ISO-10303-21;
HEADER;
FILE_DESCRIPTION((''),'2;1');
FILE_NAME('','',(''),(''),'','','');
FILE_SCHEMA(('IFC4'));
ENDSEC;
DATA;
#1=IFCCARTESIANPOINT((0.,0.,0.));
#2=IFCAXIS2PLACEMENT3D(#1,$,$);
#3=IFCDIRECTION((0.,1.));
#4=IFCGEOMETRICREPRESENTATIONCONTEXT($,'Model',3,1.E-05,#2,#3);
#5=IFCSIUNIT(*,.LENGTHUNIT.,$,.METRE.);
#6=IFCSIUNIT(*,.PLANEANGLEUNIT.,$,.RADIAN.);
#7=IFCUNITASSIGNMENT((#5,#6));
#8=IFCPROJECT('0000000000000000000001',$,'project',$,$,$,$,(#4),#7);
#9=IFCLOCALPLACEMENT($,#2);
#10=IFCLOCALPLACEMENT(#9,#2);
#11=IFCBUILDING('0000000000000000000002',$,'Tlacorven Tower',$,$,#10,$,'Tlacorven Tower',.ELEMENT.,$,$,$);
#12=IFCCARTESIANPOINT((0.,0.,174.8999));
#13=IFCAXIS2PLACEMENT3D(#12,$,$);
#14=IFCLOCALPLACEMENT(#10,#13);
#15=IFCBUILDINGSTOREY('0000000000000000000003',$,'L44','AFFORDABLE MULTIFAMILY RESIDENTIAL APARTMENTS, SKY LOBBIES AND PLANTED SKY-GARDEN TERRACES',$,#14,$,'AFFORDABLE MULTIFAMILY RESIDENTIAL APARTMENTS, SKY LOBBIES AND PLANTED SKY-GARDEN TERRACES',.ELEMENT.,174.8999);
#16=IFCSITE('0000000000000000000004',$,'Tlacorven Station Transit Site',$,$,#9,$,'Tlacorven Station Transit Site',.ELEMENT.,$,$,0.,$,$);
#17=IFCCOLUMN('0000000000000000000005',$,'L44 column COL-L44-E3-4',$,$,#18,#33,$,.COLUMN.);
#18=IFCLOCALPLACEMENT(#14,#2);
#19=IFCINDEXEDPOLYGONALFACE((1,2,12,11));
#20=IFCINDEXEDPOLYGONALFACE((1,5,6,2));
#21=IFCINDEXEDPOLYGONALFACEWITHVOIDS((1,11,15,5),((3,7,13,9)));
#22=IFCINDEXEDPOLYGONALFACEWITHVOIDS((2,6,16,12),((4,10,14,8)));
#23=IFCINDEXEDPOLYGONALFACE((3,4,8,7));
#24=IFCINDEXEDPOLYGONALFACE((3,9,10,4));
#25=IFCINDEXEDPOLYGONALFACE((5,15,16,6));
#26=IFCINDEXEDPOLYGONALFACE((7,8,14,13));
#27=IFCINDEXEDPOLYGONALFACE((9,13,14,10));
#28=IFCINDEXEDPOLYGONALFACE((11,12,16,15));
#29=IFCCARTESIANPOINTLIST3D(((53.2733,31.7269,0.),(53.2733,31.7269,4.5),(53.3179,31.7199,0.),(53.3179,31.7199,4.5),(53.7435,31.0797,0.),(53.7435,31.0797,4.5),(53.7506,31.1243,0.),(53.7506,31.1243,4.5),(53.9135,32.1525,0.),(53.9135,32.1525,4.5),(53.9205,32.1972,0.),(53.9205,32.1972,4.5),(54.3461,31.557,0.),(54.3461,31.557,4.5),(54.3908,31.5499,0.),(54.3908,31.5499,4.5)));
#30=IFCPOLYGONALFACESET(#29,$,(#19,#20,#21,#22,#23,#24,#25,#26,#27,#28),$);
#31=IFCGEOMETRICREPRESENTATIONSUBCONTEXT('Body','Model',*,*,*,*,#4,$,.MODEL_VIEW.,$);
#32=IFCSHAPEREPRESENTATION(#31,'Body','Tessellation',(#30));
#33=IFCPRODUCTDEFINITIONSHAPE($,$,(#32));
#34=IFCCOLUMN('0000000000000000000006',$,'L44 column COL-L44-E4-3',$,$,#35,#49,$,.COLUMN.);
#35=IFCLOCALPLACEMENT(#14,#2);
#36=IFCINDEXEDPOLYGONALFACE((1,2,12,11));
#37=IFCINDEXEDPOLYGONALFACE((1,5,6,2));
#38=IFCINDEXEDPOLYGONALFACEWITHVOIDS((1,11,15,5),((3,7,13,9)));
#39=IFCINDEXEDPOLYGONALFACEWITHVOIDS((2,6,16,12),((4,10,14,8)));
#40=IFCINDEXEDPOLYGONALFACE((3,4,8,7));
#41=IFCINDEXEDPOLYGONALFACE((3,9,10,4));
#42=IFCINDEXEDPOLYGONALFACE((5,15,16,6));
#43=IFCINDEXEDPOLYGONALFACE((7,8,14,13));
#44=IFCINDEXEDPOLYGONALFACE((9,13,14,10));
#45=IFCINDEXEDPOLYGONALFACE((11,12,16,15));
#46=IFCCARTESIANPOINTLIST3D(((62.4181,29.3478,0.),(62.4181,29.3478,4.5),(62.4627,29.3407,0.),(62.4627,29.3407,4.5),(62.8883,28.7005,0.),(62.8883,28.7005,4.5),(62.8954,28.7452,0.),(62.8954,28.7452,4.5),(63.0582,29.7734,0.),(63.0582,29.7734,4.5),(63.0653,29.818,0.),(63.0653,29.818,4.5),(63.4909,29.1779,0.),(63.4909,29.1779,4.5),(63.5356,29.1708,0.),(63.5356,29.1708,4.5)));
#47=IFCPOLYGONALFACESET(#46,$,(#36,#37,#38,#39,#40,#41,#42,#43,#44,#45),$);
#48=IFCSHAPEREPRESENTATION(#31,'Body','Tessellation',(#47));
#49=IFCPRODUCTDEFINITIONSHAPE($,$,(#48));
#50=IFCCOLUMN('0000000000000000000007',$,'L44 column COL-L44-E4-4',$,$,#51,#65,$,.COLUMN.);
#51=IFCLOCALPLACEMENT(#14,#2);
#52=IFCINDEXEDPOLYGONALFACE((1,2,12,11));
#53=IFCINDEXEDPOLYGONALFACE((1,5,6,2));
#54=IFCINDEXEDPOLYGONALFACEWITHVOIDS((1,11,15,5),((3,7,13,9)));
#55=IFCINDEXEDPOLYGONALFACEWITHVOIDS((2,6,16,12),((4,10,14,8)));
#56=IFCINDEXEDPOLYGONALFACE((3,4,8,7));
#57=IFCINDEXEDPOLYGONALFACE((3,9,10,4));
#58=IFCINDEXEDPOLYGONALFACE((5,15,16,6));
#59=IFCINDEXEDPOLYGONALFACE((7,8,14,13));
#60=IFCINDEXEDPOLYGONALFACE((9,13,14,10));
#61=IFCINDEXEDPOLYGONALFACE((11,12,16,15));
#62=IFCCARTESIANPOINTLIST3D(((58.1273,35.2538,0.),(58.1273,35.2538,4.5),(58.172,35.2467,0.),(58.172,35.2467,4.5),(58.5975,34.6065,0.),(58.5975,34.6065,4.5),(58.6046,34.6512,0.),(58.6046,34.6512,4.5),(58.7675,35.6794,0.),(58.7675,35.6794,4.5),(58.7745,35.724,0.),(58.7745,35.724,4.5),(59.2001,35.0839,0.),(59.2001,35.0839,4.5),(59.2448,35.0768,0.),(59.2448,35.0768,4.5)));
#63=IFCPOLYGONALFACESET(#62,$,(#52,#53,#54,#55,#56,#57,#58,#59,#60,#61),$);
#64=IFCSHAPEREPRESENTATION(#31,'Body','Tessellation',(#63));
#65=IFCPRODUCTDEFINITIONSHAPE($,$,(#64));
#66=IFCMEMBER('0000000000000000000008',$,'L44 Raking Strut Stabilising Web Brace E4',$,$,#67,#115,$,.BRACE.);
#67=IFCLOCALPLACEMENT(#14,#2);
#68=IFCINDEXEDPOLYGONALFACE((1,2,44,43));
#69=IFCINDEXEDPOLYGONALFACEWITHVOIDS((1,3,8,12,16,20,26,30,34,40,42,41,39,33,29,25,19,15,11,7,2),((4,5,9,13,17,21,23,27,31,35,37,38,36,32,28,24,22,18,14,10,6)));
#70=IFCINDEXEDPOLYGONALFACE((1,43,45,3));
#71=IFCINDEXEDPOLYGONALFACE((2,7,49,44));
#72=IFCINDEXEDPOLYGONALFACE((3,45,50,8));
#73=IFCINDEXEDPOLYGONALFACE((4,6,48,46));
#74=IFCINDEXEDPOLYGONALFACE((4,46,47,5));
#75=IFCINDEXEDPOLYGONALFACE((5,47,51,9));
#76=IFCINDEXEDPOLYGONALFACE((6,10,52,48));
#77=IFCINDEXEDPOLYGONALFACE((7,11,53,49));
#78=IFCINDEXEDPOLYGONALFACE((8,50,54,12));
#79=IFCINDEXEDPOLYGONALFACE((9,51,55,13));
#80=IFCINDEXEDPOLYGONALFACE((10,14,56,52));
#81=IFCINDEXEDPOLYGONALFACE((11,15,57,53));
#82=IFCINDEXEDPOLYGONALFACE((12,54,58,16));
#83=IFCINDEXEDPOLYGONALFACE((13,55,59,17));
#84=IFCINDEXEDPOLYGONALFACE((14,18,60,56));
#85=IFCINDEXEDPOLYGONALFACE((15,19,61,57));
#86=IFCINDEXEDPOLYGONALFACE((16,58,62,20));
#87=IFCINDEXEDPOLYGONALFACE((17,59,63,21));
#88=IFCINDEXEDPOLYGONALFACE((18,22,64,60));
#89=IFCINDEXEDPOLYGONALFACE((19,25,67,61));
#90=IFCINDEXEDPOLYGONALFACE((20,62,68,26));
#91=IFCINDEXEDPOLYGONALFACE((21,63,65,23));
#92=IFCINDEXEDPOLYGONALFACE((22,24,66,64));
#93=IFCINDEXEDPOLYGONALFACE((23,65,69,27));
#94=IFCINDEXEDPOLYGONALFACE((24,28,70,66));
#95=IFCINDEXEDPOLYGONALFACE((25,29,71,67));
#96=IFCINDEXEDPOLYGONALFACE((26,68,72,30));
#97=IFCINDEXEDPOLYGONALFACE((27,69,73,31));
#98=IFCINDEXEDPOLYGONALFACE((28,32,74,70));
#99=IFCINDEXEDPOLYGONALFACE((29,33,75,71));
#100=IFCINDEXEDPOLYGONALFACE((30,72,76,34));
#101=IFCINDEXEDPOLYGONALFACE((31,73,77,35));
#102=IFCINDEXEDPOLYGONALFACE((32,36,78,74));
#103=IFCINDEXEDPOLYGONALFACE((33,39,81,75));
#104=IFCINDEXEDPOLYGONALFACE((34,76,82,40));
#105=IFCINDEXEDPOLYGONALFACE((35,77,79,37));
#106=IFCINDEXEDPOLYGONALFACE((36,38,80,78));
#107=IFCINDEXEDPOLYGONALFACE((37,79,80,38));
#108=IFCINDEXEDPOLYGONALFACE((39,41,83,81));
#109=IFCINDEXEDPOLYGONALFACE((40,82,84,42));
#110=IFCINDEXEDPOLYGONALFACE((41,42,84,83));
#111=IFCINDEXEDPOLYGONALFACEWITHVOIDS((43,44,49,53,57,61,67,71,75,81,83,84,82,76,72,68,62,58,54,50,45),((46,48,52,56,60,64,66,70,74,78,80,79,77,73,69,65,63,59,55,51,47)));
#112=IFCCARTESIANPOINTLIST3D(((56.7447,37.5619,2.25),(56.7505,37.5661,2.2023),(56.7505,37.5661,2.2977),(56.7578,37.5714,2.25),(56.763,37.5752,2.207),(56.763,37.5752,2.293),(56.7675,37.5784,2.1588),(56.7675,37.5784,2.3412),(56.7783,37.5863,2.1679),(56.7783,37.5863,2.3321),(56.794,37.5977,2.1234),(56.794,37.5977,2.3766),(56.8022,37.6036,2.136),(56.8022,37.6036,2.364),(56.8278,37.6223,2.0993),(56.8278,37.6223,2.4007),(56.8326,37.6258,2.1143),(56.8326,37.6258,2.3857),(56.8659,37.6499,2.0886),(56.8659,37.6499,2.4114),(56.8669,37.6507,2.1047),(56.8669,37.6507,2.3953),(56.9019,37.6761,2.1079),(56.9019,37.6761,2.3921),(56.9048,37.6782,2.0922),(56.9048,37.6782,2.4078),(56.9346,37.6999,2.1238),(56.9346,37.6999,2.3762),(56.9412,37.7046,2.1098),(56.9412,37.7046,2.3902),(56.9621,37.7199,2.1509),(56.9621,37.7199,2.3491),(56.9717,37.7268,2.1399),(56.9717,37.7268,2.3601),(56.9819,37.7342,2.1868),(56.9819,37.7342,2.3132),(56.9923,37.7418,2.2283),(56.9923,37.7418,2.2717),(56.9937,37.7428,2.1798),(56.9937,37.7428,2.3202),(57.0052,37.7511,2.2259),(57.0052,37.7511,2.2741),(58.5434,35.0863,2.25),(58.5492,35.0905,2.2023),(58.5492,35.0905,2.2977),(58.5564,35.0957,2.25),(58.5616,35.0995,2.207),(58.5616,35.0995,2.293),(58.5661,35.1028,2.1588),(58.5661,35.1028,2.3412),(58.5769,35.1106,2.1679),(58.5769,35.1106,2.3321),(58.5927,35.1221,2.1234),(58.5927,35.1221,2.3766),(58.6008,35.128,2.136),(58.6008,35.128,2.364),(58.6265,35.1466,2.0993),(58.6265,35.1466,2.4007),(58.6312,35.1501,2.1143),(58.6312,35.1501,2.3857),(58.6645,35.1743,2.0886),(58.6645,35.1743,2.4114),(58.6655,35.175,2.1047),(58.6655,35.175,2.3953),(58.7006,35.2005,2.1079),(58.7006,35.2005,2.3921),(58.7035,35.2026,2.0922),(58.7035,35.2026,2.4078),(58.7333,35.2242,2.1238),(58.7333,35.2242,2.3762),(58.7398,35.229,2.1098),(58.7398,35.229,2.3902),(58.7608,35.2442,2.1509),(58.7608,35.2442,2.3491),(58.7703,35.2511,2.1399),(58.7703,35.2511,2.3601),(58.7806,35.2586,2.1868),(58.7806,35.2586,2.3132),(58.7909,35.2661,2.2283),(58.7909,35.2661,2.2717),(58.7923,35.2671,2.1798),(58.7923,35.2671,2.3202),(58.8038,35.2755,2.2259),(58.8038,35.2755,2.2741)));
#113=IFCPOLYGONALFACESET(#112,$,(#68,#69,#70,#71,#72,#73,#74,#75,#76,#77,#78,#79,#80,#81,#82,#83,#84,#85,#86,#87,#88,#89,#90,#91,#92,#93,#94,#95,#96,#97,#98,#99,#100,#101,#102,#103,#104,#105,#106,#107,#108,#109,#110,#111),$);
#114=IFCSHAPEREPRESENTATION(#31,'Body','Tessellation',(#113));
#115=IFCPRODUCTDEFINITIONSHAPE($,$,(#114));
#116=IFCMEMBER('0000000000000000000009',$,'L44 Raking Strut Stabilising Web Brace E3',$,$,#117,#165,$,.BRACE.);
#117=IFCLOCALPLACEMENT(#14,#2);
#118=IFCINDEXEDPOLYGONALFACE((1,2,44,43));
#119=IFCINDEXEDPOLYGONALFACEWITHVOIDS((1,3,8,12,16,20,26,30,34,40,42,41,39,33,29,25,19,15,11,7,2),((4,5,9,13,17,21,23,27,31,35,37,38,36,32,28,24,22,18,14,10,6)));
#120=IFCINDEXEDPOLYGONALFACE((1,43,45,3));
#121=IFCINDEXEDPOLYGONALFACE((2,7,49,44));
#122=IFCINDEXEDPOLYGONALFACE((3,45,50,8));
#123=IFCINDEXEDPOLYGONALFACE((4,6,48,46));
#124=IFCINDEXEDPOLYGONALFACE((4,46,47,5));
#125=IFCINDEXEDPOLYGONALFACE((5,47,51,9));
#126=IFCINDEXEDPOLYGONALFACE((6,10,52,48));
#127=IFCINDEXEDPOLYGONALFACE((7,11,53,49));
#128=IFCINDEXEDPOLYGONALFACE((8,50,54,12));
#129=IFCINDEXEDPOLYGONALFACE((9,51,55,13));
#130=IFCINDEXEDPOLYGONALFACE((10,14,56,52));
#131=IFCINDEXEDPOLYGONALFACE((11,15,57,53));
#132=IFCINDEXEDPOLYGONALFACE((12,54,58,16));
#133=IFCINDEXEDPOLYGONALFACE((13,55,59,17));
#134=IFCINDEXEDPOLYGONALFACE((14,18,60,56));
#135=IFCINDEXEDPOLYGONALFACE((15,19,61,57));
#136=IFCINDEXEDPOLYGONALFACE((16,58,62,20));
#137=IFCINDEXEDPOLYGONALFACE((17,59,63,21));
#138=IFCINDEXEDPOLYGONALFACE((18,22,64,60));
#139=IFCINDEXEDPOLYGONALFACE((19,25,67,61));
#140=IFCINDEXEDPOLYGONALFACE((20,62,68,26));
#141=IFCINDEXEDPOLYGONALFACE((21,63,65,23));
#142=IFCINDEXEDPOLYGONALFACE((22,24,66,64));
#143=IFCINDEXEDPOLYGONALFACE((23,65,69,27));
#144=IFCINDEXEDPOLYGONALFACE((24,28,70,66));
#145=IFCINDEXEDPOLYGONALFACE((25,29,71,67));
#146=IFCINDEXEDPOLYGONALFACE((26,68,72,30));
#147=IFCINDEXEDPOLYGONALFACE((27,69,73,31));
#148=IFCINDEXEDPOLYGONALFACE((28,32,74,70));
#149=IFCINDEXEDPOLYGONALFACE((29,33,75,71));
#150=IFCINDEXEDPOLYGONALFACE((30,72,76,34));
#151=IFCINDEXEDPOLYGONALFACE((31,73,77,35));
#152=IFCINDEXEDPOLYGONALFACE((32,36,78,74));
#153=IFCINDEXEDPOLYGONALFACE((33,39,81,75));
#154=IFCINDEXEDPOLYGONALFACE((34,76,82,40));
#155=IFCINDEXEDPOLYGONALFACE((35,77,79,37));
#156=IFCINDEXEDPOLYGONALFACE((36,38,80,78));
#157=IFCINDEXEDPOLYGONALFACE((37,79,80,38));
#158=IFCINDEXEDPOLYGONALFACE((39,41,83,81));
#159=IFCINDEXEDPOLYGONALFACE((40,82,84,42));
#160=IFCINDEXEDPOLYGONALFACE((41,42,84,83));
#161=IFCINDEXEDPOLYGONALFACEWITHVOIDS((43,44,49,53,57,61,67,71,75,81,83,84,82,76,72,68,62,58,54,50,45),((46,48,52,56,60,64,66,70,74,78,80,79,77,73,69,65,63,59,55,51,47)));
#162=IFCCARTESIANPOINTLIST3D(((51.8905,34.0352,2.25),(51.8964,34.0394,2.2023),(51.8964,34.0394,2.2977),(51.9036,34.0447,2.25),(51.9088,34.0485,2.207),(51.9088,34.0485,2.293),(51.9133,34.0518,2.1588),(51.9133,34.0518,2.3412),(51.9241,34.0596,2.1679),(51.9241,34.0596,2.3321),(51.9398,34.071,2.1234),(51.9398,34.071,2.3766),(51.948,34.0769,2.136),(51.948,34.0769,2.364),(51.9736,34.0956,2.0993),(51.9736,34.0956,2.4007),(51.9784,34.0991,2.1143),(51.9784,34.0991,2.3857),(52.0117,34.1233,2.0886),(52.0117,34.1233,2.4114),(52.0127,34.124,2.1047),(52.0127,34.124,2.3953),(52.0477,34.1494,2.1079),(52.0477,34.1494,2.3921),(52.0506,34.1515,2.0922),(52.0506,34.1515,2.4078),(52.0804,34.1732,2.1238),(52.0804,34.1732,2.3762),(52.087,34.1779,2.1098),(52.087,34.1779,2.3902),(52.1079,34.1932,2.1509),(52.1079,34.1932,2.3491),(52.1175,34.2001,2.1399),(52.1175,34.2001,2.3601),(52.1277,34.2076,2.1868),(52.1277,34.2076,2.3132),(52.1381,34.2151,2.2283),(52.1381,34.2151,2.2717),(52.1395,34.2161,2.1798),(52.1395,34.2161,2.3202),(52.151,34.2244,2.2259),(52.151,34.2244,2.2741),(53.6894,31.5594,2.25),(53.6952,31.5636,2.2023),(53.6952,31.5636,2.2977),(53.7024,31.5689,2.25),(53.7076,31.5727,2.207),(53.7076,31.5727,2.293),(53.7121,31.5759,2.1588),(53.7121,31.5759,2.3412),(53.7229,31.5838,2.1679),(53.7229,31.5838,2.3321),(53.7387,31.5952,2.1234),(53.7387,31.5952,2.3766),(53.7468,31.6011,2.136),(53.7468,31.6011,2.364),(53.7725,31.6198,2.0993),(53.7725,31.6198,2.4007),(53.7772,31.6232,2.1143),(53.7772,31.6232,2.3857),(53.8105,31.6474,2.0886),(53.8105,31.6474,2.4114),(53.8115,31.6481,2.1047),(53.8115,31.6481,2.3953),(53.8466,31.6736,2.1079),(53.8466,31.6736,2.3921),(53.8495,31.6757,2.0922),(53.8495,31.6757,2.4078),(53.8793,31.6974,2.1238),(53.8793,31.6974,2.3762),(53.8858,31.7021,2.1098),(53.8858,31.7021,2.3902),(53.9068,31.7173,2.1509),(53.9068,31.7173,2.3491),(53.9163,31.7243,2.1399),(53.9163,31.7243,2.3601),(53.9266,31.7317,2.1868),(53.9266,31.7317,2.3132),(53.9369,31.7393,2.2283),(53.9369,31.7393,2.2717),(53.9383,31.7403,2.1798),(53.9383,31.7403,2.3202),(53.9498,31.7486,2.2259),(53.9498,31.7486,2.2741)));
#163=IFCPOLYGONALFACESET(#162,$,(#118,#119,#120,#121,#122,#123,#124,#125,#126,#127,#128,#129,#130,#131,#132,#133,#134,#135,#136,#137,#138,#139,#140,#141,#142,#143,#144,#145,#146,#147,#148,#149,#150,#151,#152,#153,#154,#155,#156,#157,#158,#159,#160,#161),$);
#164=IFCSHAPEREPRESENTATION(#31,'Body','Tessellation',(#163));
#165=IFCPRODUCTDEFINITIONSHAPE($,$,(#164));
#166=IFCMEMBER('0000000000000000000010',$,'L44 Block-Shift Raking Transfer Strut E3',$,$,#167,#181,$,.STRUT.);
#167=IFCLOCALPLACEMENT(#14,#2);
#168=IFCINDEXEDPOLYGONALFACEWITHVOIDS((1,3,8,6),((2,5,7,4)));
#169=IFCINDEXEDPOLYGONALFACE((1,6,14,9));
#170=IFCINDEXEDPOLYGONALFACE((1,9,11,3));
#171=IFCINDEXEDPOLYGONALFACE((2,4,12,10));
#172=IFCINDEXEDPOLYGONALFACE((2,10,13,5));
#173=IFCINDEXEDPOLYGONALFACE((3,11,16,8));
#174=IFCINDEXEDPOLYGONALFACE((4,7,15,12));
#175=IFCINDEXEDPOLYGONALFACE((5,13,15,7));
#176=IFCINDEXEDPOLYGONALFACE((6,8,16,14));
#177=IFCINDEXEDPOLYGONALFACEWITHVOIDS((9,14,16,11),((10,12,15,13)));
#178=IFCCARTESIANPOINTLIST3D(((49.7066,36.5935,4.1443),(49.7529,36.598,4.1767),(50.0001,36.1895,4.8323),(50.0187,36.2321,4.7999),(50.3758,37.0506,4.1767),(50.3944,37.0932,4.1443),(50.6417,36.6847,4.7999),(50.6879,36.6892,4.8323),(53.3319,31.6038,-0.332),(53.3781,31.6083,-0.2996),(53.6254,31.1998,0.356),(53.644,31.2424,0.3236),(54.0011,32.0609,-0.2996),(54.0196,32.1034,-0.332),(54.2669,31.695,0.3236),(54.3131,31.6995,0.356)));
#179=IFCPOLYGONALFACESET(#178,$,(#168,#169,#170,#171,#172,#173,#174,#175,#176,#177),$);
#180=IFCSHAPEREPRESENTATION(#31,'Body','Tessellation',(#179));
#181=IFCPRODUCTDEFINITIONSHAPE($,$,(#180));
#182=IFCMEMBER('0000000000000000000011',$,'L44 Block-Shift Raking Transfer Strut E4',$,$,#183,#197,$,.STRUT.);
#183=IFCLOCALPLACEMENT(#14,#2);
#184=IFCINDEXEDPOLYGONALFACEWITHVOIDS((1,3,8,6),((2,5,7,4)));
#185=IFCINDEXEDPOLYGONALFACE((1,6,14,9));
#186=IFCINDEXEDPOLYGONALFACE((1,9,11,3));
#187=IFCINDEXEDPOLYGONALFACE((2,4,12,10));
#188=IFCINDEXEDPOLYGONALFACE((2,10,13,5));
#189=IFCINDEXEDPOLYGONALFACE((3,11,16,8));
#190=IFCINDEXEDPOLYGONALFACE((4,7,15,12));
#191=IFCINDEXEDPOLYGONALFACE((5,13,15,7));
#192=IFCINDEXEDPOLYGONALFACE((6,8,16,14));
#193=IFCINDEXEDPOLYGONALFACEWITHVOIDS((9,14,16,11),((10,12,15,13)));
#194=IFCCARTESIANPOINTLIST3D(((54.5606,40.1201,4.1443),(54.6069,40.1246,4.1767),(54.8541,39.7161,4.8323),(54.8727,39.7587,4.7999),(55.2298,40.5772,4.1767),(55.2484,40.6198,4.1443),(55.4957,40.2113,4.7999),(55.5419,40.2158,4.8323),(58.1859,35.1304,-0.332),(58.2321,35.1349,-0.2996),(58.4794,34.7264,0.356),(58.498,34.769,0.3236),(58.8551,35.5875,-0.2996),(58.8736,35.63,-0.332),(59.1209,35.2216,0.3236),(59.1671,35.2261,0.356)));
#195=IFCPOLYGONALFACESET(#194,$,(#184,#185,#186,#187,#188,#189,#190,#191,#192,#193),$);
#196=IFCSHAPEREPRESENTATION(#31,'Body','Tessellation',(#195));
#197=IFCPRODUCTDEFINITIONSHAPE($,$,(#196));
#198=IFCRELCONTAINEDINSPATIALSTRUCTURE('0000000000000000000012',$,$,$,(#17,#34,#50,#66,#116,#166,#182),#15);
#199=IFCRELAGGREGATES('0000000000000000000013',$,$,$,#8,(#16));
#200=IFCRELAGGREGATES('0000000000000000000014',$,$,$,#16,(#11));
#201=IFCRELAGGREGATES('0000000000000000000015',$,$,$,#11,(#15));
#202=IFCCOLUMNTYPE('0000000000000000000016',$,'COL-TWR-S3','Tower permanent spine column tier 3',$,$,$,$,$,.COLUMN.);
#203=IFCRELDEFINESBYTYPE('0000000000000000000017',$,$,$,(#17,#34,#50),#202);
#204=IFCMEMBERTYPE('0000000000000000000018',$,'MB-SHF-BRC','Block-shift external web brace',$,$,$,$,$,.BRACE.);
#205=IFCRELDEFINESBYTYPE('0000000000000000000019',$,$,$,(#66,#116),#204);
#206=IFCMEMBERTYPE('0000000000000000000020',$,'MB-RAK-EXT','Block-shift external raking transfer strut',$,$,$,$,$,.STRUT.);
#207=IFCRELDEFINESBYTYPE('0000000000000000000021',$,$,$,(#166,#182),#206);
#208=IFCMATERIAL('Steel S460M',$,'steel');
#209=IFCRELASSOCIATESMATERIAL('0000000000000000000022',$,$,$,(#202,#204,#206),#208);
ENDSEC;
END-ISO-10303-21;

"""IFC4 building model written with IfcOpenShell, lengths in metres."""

from ifc_helpers import new_model, si_unit, direction, frame, origin, origin_2d, place, context, subcontext, project, spatial, hollow_rectangle, hollow_circle, extrude, source, transform, mapped, material, material_profile, profile_set, type_object, element, save


model = new_model("IFC4")

# Units and contexts
model_context = context("Model", 3, precision=1e-05, world=origin(), true_north=direction((0.0, 1.0)))
body_context = subcontext(model_context, "Body", "Model", "MODEL_VIEW")
ifc_project = project(units=[si_unit("LENGTHUNIT", "METRE"), si_unit("PLANEANGLEUNIT", "RADIAN")], contexts=[model_context])

# Site, building, storey
site_placement = place(None, origin())
site = spatial("IfcSite", under=ifc_project, at=site_placement, Name="Tlacorven Station Transit Site", LongName="Tlacorven Station Transit Site", CompositionType="ELEMENT", RefElevation=0.0)
building_placement = place(site_placement, origin())
building = spatial("IfcBuilding", under=site, at=building_placement, Name="Tlacorven Tower", LongName="Tlacorven Tower", CompositionType="ELEMENT")
storey_placement = place(building_placement, frame((0.0, 0.0, 174.8999)))
storey = spatial("IfcBuildingStorey", under=building, at=storey_placement, Name="L44", Description="AFFORDABLE MULTIFAMILY RESIDENTIAL APARTMENTS, SKY LOBBIES AND PLANTED SKY-GARDEN TERRACES", LongName="AFFORDABLE MULTIFAMILY RESIDENTIAL APARTMENTS, SKY LOBBIES AND PLANTED SKY-GARDEN TERRACES", CompositionType="ELEMENT", Elevation=174.8999)

# Columns
ifc_material_1 = material(Name="Steel S460M", Category="steel")
ifc_material_profile_1 = material_profile(ifc_material_1, hollow_rectangle(XDim=0.8, YDim=0.8, WallThickness=0.032, at=origin_2d()), Name="BOX 800X800X32")
ifc_profile_set_1 = profile_set([ifc_material_profile_1], Name="Steel S460M")
column_type = type_object("IfcColumnType", Name="COL-TWR-S3", Description="Tower permanent spine column tier 3", PredefinedType="COLUMN", material=ifc_profile_set_1)
shared_shape_1 = source(origin(), body_context, "Body", "SweptSolid", [
    extrude(hollow_rectangle(XDim=0.8, YDim=0.8, WallThickness=0.032, at=origin_2d()), origin(), (0.0, 0.0, 1.0), 4.5),
])
for number, where, z_axis, x_axis, name in (
    (1, (53.832, 31.6384, 0.0), (0.0, 0.0, 1.0), (0.809017, 0.587785, 0.0), "L44 column COL-L44-E3-4"),
    (2, (62.9768, 29.2593, 0.0), (0.0, 0.0, 1.0), (0.809017, 0.587785, 0.0), "L44 column COL-L44-E4-3"),
    (3, (58.686, 35.1653, 0.0), (0.0, 0.0, 1.0), (0.809017, 0.587785, 0.0), "L44 column COL-L44-E4-4"),
):
    element("IfcColumn", number, at=place(storey_placement, frame(where, z_axis=z_axis, x_axis=x_axis)), inside=storey, type_object=column_type, Name=name, PredefinedType="COLUMN", context=body_context, shape_type="MappedRepresentation", body=[
        mapped(shared_shape_1, transform((0.0, 0.0, 0.0), scale=1.0)),
    ])

# Members
ifc_material_profile_2 = material_profile(ifc_material_1, hollow_circle(Radius=0.1619, WallThickness=0.0161, at=origin_2d()), Name="CHS 323.9X16")
ifc_profile_set_2 = profile_set([ifc_material_profile_2], Name="Steel S460M")
member_type_1 = type_object("IfcMemberType", Name="MB-SHF-BRC", Description="Block-shift external web brace", PredefinedType="BRACE", material=ifc_profile_set_2)
shared_shape_2 = source(origin(), body_context, "Body", "SweptSolid", [
    extrude(hollow_circle(Radius=0.1619, WallThickness=0.0161, at=origin_2d()), origin(), (0.0, 0.0, 1.0), 3.0601),
])
member_1_placement = place(storey_placement, frame((58.6743, 35.1814, 2.25), z_axis=(-0.587778, 0.809022, 0.0), x_axis=(-0.809022, -0.587778, 0.0)))
element("IfcMember", 4, at=member_1_placement, inside=storey, type_object=member_type_1, Name="L44 Raking Strut Stabilising Web Brace E4", PredefinedType="BRACE", context=body_context, shape_type="MappedRepresentation", body=[
    mapped(shared_shape_2, transform((0.0, 0.0, 0.0), scale=1.0)),
])
shared_shape_3 = source(origin(), body_context, "Body", "SweptSolid", [
    extrude(hollow_circle(Radius=0.1619, WallThickness=0.0161, at=origin_2d()), origin(), (0.0, 0.0, 1.0), 3.0603),
])
member_2_placement = place(storey_placement, frame((53.8203, 31.6545, 2.25), z_axis=(-0.587792, 0.809012, 0.0), x_axis=(-0.809012, -0.587792, 0.0)))
element("IfcMember", 5, at=member_2_placement, inside=storey, type_object=member_type_1, Name="L44 Raking Strut Stabilising Web Brace E3", PredefinedType="BRACE", context=body_context, shape_type="MappedRepresentation", body=[
    mapped(shared_shape_3, transform((0.0, 0.0, 0.0), scale=1.0)),
])
ifc_material_profile_3 = material_profile(ifc_material_1, hollow_rectangle(XDim=0.8501, YDim=0.8501, WallThickness=0.04, at=origin_2d()), Name="BOX 850X850X40")
ifc_profile_set_3 = profile_set([ifc_material_profile_3], Name="Steel S460M")
member_type_2 = type_object("IfcMemberType", Name="MB-RAK-EXT", Description="Block-shift external raking transfer strut", PredefinedType="STRUT", material=ifc_profile_set_3)
shared_shape_4 = source(origin(), body_context, "Body", "SweptSolid", [
    extrude(hollow_rectangle(XDim=0.8501, YDim=0.8501, WallThickness=0.04, at=origin_2d()), origin(), (0.0, 0.0, 1.0), 7.6208),
])
for number, where, z_axis, x_axis, name in (
    (6, (53.8225, 31.6516, 0.012), (-0.475701, 0.654749, 0.587378), (-0.809018, -0.587783, 0.0), "L44 Block-Shift Raking Transfer Strut E3"),
    (7, (58.6765, 35.1782, 0.012), (-0.475701, 0.654749, 0.587378), (-0.809018, -0.587783, 0.0), "L44 Block-Shift Raking Transfer Strut E4"),
):
    element("IfcMember", number, at=place(storey_placement, frame(where, z_axis=z_axis, x_axis=x_axis)), inside=storey, type_object=member_type_2, Name=name, PredefinedType="STRUT", context=body_context, shape_type="MappedRepresentation", body=[
        mapped(shared_shape_4, transform((0.0, 0.0, 0.0), scale=1.0)),
    ])

save(model, "model.ifc")
